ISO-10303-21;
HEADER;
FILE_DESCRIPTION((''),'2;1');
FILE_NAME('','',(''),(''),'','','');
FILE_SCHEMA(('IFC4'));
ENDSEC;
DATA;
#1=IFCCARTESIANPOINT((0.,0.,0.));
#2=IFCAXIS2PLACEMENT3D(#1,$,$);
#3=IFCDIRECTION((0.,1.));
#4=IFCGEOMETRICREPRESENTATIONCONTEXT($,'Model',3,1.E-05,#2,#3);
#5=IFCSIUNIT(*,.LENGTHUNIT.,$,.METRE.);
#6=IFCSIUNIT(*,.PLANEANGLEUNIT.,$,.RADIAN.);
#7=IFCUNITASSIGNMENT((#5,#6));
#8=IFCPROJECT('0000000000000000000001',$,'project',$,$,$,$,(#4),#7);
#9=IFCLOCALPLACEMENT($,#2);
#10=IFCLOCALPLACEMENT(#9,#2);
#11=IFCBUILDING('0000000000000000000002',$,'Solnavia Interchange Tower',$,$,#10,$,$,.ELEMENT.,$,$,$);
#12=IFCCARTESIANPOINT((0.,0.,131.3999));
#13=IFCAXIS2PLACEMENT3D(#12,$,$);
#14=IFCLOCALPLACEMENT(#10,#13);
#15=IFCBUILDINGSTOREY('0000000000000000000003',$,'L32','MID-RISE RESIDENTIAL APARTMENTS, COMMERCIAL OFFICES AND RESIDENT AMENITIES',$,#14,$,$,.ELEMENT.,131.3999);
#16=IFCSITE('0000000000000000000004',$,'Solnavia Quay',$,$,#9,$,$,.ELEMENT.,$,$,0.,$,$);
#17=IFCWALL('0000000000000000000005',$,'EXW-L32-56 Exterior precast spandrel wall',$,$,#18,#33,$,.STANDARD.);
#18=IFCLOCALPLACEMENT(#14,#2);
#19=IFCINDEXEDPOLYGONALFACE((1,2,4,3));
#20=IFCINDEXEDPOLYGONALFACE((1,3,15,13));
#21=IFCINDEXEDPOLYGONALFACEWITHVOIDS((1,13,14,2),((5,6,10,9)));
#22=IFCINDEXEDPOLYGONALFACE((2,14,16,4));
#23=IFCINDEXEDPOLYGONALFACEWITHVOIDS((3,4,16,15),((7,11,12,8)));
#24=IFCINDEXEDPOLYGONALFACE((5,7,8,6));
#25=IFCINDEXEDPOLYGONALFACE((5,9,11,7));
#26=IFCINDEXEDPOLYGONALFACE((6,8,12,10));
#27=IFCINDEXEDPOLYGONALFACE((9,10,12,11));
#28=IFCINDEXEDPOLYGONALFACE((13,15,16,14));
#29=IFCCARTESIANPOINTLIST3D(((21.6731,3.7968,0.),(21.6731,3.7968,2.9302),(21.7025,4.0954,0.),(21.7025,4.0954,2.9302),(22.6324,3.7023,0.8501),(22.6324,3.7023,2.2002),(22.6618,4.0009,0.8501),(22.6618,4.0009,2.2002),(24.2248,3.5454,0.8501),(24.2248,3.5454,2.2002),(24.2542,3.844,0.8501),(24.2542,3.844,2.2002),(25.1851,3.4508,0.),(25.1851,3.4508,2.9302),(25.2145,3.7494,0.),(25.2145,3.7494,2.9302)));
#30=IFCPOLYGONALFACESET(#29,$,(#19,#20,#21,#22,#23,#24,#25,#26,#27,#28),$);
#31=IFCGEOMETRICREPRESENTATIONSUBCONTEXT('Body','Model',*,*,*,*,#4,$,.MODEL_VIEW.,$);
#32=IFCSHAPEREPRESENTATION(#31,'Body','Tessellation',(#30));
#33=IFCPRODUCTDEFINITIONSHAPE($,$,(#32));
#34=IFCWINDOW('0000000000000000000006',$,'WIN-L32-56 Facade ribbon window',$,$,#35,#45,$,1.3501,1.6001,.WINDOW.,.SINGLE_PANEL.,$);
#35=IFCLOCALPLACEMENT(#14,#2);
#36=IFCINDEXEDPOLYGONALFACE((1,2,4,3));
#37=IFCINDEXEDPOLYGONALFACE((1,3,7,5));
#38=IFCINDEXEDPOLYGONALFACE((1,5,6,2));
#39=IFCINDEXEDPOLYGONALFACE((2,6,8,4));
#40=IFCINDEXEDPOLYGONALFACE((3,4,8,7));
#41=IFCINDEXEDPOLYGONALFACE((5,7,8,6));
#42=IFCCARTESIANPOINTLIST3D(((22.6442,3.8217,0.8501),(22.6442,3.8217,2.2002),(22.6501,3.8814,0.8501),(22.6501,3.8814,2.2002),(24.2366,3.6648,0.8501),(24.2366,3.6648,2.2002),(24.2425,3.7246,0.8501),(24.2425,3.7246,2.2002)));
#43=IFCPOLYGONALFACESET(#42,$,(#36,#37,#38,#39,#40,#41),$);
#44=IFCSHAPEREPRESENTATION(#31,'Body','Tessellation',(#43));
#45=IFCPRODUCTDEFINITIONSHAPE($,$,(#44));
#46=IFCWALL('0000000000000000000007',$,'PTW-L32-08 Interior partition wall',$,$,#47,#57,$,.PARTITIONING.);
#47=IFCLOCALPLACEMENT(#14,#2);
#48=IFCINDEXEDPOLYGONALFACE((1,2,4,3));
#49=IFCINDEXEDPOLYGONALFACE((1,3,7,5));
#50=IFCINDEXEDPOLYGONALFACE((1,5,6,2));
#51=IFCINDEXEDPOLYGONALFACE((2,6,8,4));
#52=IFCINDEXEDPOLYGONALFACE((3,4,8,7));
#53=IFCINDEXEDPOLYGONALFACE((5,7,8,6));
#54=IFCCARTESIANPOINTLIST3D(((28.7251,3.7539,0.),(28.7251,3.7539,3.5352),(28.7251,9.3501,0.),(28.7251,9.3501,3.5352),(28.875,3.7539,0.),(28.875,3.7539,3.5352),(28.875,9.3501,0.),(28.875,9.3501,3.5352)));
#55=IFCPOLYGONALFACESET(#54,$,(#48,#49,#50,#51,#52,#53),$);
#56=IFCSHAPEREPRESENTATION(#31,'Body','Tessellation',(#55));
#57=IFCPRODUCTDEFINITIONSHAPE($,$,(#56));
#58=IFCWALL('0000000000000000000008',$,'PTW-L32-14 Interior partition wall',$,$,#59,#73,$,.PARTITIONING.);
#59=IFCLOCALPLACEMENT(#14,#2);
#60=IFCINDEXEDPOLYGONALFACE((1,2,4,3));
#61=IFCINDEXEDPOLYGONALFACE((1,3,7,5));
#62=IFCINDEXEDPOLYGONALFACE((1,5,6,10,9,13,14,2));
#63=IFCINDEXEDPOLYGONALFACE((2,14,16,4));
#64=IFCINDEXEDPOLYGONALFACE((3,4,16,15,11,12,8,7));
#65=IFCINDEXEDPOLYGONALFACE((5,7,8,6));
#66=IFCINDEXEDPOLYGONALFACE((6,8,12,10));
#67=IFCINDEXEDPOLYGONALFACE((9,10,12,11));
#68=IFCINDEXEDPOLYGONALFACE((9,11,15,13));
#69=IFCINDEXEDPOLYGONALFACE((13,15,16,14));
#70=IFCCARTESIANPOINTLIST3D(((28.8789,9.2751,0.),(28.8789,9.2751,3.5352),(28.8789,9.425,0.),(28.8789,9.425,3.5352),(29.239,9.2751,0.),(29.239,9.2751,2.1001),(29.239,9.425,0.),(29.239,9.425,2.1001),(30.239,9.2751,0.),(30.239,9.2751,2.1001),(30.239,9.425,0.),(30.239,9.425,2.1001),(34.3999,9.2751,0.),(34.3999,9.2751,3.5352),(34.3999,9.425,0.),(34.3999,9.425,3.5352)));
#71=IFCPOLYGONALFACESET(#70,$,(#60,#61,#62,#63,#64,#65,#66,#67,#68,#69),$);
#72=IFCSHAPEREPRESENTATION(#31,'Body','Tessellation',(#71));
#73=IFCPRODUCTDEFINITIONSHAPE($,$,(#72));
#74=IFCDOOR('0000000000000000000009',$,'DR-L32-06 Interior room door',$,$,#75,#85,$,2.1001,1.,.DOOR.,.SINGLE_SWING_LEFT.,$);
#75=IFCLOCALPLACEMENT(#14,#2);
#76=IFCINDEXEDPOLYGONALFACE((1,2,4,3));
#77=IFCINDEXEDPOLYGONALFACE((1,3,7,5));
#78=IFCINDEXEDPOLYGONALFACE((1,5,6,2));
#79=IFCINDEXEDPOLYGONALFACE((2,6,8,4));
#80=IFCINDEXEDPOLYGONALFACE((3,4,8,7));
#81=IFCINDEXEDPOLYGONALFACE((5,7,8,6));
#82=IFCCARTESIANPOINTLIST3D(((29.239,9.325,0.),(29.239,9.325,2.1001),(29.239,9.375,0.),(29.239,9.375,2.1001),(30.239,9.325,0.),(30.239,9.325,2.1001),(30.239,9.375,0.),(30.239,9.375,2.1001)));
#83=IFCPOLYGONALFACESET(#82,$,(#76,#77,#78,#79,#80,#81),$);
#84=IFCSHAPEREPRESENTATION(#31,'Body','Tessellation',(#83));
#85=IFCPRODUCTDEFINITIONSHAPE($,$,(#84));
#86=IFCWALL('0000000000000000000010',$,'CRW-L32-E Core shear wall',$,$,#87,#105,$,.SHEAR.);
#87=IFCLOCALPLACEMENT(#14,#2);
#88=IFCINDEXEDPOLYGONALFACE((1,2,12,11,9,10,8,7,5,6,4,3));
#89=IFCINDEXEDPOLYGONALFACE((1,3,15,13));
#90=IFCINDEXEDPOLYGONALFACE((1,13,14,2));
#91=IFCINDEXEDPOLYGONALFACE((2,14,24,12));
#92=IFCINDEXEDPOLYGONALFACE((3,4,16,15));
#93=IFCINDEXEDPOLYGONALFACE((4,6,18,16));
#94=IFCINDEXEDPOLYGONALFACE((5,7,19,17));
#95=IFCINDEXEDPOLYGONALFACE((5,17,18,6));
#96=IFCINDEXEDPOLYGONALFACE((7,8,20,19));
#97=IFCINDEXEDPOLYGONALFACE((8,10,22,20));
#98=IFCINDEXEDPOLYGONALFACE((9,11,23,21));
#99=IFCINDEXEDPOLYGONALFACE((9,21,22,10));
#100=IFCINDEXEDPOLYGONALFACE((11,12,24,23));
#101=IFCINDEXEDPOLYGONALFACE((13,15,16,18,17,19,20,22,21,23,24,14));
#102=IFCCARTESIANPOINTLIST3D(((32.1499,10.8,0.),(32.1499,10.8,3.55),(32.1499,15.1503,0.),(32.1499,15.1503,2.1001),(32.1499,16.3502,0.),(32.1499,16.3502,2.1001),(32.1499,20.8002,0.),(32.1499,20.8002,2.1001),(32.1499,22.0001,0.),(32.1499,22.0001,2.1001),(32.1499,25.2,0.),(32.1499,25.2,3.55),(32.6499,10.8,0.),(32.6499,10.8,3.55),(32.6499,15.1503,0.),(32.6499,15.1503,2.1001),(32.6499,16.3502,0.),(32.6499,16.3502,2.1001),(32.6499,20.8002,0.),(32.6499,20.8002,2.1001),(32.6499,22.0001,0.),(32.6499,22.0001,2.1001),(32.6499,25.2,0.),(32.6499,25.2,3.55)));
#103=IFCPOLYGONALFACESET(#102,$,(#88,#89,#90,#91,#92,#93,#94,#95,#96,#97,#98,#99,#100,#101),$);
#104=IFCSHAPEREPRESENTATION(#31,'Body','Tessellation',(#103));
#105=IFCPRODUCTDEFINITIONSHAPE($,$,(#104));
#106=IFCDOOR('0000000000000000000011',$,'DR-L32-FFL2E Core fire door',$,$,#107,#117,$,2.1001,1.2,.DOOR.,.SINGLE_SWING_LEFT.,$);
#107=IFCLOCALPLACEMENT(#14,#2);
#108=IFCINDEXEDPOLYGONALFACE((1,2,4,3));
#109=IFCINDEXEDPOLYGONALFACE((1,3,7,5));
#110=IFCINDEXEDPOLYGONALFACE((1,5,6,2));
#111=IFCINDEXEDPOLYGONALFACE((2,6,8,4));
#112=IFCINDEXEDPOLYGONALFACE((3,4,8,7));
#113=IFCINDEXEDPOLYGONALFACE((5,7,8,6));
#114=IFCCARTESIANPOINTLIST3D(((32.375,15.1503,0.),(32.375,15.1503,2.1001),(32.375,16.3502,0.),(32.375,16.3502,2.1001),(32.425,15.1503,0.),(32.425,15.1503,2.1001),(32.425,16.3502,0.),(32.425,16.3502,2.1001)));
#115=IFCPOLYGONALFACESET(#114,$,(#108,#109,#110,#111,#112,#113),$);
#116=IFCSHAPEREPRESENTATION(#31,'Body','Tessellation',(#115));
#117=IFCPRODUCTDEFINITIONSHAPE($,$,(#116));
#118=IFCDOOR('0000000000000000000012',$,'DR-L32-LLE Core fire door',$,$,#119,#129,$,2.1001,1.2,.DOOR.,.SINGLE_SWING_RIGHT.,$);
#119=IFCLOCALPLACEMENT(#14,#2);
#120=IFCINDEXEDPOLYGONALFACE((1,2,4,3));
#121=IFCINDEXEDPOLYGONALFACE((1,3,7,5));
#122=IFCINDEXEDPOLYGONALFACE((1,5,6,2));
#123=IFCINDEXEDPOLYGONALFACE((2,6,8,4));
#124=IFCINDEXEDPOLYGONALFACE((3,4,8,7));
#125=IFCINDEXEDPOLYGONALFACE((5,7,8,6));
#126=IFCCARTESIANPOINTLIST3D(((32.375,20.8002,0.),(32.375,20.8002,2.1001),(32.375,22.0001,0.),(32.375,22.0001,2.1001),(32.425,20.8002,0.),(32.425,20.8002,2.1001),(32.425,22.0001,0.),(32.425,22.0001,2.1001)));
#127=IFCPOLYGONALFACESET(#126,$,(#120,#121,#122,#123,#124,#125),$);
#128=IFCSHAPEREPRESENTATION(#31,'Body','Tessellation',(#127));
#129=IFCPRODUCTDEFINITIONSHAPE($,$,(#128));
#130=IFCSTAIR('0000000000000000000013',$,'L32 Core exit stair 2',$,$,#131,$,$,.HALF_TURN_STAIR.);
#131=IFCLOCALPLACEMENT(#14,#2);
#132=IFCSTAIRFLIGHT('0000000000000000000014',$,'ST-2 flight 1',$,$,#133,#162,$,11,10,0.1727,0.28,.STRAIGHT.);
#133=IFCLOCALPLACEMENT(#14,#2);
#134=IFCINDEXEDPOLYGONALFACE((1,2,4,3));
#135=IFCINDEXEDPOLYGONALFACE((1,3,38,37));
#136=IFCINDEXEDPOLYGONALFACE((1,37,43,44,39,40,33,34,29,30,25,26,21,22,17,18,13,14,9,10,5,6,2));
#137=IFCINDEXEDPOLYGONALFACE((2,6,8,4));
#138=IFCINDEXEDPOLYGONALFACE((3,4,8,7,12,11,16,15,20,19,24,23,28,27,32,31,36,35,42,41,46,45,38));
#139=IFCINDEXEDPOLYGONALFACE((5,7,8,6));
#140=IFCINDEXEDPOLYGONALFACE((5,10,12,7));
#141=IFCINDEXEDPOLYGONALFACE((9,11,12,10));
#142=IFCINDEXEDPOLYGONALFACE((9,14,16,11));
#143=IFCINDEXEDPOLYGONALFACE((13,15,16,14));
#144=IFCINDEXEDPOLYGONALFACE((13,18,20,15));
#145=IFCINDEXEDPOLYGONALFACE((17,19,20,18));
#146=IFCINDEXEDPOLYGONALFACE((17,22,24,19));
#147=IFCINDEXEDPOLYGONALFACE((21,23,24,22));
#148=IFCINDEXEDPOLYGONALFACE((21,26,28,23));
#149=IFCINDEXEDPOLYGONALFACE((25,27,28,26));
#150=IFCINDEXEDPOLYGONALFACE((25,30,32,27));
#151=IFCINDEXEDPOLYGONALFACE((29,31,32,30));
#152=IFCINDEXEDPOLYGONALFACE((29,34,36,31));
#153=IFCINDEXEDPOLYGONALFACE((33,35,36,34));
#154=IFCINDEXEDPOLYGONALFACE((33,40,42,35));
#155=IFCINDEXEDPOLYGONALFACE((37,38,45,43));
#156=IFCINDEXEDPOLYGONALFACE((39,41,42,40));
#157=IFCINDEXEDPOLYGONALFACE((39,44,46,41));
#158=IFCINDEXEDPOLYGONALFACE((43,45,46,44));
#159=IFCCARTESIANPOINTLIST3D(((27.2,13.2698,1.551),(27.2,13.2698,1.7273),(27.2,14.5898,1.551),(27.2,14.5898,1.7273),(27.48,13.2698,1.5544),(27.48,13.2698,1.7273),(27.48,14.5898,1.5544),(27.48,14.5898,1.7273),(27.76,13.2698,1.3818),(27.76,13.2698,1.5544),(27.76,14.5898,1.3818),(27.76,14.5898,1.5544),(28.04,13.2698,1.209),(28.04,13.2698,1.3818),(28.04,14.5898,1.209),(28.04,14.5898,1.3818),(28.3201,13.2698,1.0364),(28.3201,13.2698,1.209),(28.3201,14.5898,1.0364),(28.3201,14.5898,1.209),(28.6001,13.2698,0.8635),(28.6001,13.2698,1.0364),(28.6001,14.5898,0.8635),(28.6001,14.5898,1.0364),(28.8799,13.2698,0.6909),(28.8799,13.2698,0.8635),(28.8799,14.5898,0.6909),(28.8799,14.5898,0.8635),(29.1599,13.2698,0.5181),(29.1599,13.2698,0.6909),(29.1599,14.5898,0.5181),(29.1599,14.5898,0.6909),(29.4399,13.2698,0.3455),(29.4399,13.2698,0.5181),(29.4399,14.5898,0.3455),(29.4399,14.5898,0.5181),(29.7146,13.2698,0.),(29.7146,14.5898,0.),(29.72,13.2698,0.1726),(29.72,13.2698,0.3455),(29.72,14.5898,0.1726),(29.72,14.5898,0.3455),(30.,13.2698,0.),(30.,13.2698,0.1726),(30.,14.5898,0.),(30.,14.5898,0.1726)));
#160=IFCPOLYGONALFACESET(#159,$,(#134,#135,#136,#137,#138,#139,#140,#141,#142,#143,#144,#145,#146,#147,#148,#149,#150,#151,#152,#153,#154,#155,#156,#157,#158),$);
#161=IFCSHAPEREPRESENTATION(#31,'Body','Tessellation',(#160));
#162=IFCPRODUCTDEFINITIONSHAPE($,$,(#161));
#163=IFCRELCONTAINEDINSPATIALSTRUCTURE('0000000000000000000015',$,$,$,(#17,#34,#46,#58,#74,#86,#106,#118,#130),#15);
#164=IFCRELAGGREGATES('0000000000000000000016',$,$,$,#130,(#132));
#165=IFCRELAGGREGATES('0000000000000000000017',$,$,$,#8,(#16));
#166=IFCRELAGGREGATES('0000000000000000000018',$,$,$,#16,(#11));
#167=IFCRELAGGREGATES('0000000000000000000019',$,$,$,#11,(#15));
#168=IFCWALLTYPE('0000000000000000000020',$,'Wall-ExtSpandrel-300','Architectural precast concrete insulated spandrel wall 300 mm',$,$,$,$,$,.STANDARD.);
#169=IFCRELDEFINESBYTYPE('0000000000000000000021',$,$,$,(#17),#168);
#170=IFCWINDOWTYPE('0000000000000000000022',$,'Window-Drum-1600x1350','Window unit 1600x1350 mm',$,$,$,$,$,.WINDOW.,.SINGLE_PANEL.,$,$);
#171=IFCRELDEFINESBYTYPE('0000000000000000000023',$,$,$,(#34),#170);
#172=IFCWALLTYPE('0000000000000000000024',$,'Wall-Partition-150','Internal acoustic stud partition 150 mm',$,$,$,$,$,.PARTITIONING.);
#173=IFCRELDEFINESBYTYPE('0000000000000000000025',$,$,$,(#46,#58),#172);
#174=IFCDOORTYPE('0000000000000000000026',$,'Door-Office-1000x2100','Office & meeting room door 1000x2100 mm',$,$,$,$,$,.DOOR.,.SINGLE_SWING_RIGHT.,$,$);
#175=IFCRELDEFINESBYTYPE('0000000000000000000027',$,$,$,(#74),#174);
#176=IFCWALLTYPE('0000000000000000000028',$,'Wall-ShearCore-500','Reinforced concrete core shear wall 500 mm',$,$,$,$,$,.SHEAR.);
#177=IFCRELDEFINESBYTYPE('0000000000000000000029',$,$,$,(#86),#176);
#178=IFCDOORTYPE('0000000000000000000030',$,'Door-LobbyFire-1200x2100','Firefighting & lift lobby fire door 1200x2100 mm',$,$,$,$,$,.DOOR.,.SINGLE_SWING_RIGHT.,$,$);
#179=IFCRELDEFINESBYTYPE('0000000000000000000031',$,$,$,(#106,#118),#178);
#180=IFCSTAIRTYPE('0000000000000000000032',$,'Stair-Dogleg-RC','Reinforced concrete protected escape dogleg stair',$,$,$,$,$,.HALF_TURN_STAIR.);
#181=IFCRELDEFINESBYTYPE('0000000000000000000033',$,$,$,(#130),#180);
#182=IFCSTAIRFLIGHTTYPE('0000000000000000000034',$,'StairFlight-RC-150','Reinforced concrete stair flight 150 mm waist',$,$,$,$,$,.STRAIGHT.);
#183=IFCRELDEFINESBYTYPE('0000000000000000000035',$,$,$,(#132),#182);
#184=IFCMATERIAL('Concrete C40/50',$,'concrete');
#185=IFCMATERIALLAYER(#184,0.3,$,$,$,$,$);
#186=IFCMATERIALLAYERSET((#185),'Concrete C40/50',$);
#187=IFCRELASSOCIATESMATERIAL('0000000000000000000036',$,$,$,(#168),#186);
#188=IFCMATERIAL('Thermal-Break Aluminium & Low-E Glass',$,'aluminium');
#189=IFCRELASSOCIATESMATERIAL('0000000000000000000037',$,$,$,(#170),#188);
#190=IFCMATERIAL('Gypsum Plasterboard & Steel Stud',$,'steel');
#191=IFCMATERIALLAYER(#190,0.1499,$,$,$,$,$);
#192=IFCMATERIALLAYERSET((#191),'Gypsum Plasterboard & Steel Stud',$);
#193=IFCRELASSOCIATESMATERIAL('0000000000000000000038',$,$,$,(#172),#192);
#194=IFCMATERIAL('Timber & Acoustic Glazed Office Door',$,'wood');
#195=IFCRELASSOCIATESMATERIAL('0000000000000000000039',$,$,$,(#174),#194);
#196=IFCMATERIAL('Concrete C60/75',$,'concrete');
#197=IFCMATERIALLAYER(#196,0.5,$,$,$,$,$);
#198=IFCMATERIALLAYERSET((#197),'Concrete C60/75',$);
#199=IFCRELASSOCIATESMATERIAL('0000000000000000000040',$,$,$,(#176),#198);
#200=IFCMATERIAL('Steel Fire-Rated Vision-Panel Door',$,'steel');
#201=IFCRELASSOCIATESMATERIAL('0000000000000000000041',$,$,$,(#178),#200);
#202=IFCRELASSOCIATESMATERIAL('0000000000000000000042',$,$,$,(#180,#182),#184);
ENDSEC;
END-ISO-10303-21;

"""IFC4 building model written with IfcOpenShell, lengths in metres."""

from ifc_helpers import new_model, si_unit, direction, frame, frame_2d, origin, place, context, subcontext, project, spatial, polyline, rectangle, outline, extrude, material, layer, layer_set, type_object, element, fill, aggregate, save


model = new_model("IFC4")

# Units and contexts
model_context = context("Model", 3, precision=1e-05, world=origin(), true_north=direction((0.0, 1.0)))
body_context = subcontext(model_context, "Body", "Model", "MODEL_VIEW")
ifc_project = project(units=[si_unit("LENGTHUNIT", "METRE"), si_unit("PLANEANGLEUNIT", "RADIAN")], contexts=[model_context])

# Site, building, storey
site_placement = place(None, origin())
site = spatial("IfcSite", under=ifc_project, at=site_placement, Name="Solnavia Quay", CompositionType="ELEMENT", RefElevation=0.0)
building_placement = place(site_placement, origin())
building = spatial("IfcBuilding", under=site, at=building_placement, Name="Solnavia Interchange Tower", CompositionType="ELEMENT")
storey_placement = place(building_placement, frame((0.0, 0.0, 131.3999)))
storey = spatial("IfcBuildingStorey", under=building, at=storey_placement, Name="L32", Description="MID-RISE RESIDENTIAL APARTMENTS, COMMERCIAL OFFICES AND RESIDENT AMENITIES", CompositionType="ELEMENT", Elevation=131.3999)

# Shared definitions
ifc_material_1 = material(Name="Concrete C40/50", Category="concrete")
ifc_layer_1 = layer(ifc_material_1, 0.3)
ifc_layer_set_1 = layer_set([ifc_layer_1], Name="Concrete C40/50")
wall_type_1 = type_object("IfcWallType", Name="Wall-ExtSpandrel-300", Description="Architectural precast concrete insulated spandrel wall 300 mm", PredefinedType="STANDARD", material=ifc_layer_set_1)
ifc_material_2 = material(Name="Thermal-Break Aluminium & Low-E Glass", Category="aluminium")

# Wall, opening, window
wall_1_placement = place(storey_placement, frame((25.2, 3.6001, 0.0), z_axis=(0.0, 0.0, 1.0), x_axis=(-0.995183, 0.098031, 0.0)))
wall_1 = element("IfcWall", 1, at=wall_1_placement, inside=storey, type_object=wall_type_1, Name="EXW-L32-56 Exterior precast spandrel wall", PredefinedType="STANDARD", context=body_context, shape_type="SweptSolid", body=[
    extrude(rectangle(XDim=3.5291, YDim=0.3, at=frame_2d((1.7646, 0.0))), origin(), (0.0, 0.0, 1.0), 2.9302),
])
opening_1_placement = place(wall_1_placement, frame((0.9651, 0.0, 0.8501)))
opening_1 = element("IfcOpeningElement", 2, at=opening_1_placement, cuts=wall_1, PredefinedType="OPENING", context=body_context, shape_type="SweptSolid", body=[
    extrude(rectangle(XDim=1.6001, YDim=1.3501, at=frame_2d((0.8, 0.675))), frame((0.0, 0.1602, 0.0), z_axis=(0.0, -1.0, 0.0), x_axis=(1.0, 0.0, 0.0)), (0.0, 0.0, 1.0), 0.3201),
])
window_type_1 = type_object("IfcWindowType", Name="Window-Drum-1600x1350", Description="Window unit 1600x1350 mm", PartitioningType="SINGLE_PANEL", PredefinedType="WINDOW", material=ifc_material_2)
window_1_placement = place(opening_1_placement, origin())
window_1 = element("IfcWindow", 3, at=window_1_placement, inside=storey, type_object=window_type_1, Name="WIN-L32-56 Facade ribbon window", OverallHeight=1.3501, OverallWidth=1.6001, PartitioningType="SINGLE_PANEL", PredefinedType="WINDOW", context=body_context, shape_type="SweptSolid", body=[
    extrude(rectangle(XDim=1.6001, YDim=1.3501, at=frame_2d((0.8, 0.675))), frame((0.0, 0.03, 0.0), z_axis=(0.0, -1.0, 0.0), x_axis=(1.0, 0.0, 0.0)), (0.0, 0.0, 1.0), 0.0601),
])
fill(opening_1, window_1)

# Wall
ifc_material_3 = material(Name="Gypsum Plasterboard & Steel Stud", Category="steel")
ifc_layer_2 = layer(ifc_material_3, 0.1499)
ifc_layer_set_2 = layer_set([ifc_layer_2], Name="Gypsum Plasterboard & Steel Stud")
wall_type_2 = type_object("IfcWallType", Name="Wall-Partition-150", Description="Internal acoustic stud partition 150 mm", PredefinedType="PARTITIONING", material=ifc_layer_set_2)
wall_2_placement = place(storey_placement, frame((28.8, 9.3501, 0.0), z_axis=(0.0, 0.0, 1.0), x_axis=(0.0, -1.0, 0.0)))
element("IfcWall", 4, at=wall_2_placement, inside=storey, type_object=wall_type_2, Name="PTW-L32-08 Interior partition wall", PredefinedType="PARTITIONING", context=body_context, shape_type="SweptSolid", body=[
    extrude(rectangle(XDim=5.5962, YDim=0.1499, at=frame_2d((2.7981, 0.0))), origin(), (0.0, 0.0, 1.0), 3.5352),
])

# Wall, opening, door
wall_3_placement = place(storey_placement, frame((28.8789, 9.3501, 0.0), z_axis=(0.0, 0.0, 1.0), x_axis=(1.0, 0.0, 0.0)))
wall_3 = element("IfcWall", 5, at=wall_3_placement, inside=storey, type_object=wall_type_2, Name="PTW-L32-14 Interior partition wall", PredefinedType="PARTITIONING", context=body_context, shape_type="SweptSolid", body=[
    extrude(rectangle(XDim=5.521, YDim=0.1499, at=frame_2d((2.7605, 0.0))), origin(), (0.0, 0.0, 1.0), 3.5352),
])
opening_2_placement = place(wall_3_placement, frame((0.3601, 0.0, 0.0)))
opening_2 = element("IfcOpeningElement", 6, at=opening_2_placement, cuts=wall_3, PredefinedType="OPENING", context=body_context, shape_type="SweptSolid", body=[
    extrude(rectangle(XDim=1.0, YDim=2.1001, at=frame_2d((0.5, 1.05))), frame((0.0, 0.085, 0.0), z_axis=(0.0, -1.0, 0.0), x_axis=(1.0, 0.0, 0.0)), (0.0, 0.0, 1.0), 0.1699),
])
ifc_material_4 = material(Name="Timber & Acoustic Glazed Office Door", Category="wood")
door_type_1 = type_object("IfcDoorType", Name="Door-Office-1000x2100", Description="Office & meeting room door 1000x2100 mm", OperationType="SINGLE_SWING_RIGHT", PredefinedType="DOOR", material=ifc_material_4)
door_1_placement = place(opening_2_placement, origin())
door_1 = element("IfcDoor", 7, at=door_1_placement, inside=storey, type_object=door_type_1, Name="DR-L32-06 Interior room door", OperationType="SINGLE_SWING_LEFT", OverallHeight=2.1001, OverallWidth=1.0, PredefinedType="DOOR", context=body_context, shape_type="SweptSolid", body=[
    extrude(rectangle(XDim=1.0, YDim=2.1001, at=frame_2d((0.5, 1.05))), frame((0.0, 0.0249, 0.0), z_axis=(0.0, -1.0, 0.0), x_axis=(1.0, 0.0, 0.0)), (0.0, 0.0, 1.0), 0.05),
])
fill(opening_2, door_1)

# Wall, openings, doors
ifc_material_5 = material(Name="Concrete C60/75", Category="concrete")
ifc_layer_3 = layer(ifc_material_5, 0.5)
ifc_layer_set_3 = layer_set([ifc_layer_3], Name="Concrete C60/75")
wall_type_3 = type_object("IfcWallType", Name="Wall-ShearCore-500", Description="Reinforced concrete core shear wall 500 mm", PredefinedType="SHEAR", material=ifc_layer_set_3)
wall_4_placement = place(storey_placement, frame((32.3999, 10.8, 0.0), z_axis=(0.0, 0.0, 1.0), x_axis=(0.0, 1.0, 0.0)))
wall_4 = element("IfcWall", 8, at=wall_4_placement, inside=storey, type_object=wall_type_3, Name="CRW-L32-E Core shear wall", PredefinedType="SHEAR", context=body_context, shape_type="SweptSolid", body=[
    extrude(rectangle(XDim=14.3999, YDim=0.5, at=frame_2d((7.2, 0.0))), origin(), (0.0, 0.0, 1.0), 3.55),
])
opening_3_placement = place(wall_4_placement, frame((4.3501, 0.0, 0.0)))
opening_3 = element("IfcOpeningElement", 9, at=opening_3_placement, cuts=wall_4, PredefinedType="OPENING", context=body_context, shape_type="SweptSolid", body=[
    extrude(rectangle(XDim=1.2, YDim=2.1001, at=frame_2d((0.6001, 1.05))), frame((0.0, 0.26, 0.0), z_axis=(0.0, -1.0, 0.0), x_axis=(1.0, 0.0, 0.0)), (0.0, 0.0, 1.0), 0.52),
])
opening_4_placement = place(wall_4_placement, frame((10.0, 0.0, 0.0)))
opening_4 = element("IfcOpeningElement", 10, at=opening_4_placement, cuts=wall_4, PredefinedType="OPENING", context=body_context, shape_type="SweptSolid", body=[
    extrude(rectangle(XDim=1.2, YDim=2.1001, at=frame_2d((0.6001, 1.05))), frame((0.0, 0.26, 0.0), z_axis=(0.0, -1.0, 0.0), x_axis=(1.0, 0.0, 0.0)), (0.0, 0.0, 1.0), 0.52),
])
ifc_material_6 = material(Name="Steel Fire-Rated Vision-Panel Door", Category="steel")
door_type_2 = type_object("IfcDoorType", Name="Door-LobbyFire-1200x2100", Description="Firefighting & lift lobby fire door 1200x2100 mm", OperationType="SINGLE_SWING_RIGHT", PredefinedType="DOOR", material=ifc_material_6)
door_2_placement = place(opening_3_placement, origin())
door_2 = element("IfcDoor", 11, at=door_2_placement, inside=storey, type_object=door_type_2, Name="DR-L32-FFL2E Core fire door", OperationType="SINGLE_SWING_LEFT", OverallHeight=2.1001, OverallWidth=1.2, PredefinedType="DOOR", context=body_context, shape_type="SweptSolid", body=[
    extrude(rectangle(XDim=1.2, YDim=2.1001, at=frame_2d((0.6001, 1.05))), frame((0.0, 0.0249, 0.0), z_axis=(0.0, -1.0, 0.0), x_axis=(1.0, 0.0, 0.0)), (0.0, 0.0, 1.0), 0.05),
])
fill(opening_3, door_2)
door_3_placement = place(opening_4_placement, origin())
door_3 = element("IfcDoor", 12, at=door_3_placement, inside=storey, type_object=door_type_2, Name="DR-L32-LLE Core fire door", OperationType="SINGLE_SWING_RIGHT", OverallHeight=2.1001, OverallWidth=1.2, PredefinedType="DOOR", context=body_context, shape_type="SweptSolid", body=[
    extrude(rectangle(XDim=1.2, YDim=2.1001, at=frame_2d((0.6001, 1.05))), frame((0.0, 0.0249, 0.0), z_axis=(0.0, -1.0, 0.0), x_axis=(1.0, 0.0, 0.0)), (0.0, 0.0, 1.0), 0.05),
])
fill(opening_4, door_3)

# Stair, stair flight
stair_type = type_object("IfcStairType", Name="Stair-Dogleg-RC", Description="Reinforced concrete protected escape dogleg stair", PredefinedType="HALF_TURN_STAIR", material=ifc_material_1)
stair_placement = place(storey_placement, origin())
stair = element("IfcStair", 13, at=stair_placement, inside=storey, type_object=stair_type, Name="L32 Core exit stair 2", PredefinedType="HALF_TURN_STAIR")
stair_flight_type = type_object("IfcStairFlightType", Name="StairFlight-RC-150", Description="Reinforced concrete stair flight 150 mm waist", PredefinedType="STRAIGHT", material=ifc_material_1)
stair_flight_1_placement = place(storey_placement, frame((30.0, 13.9299, 0.0), z_axis=(0.0, 0.0, 1.0), x_axis=(-1.0, 0.0, 0.0)))
stair_flight_1 = element("IfcStairFlight", 14, at=stair_flight_1_placement, type_object=stair_flight_type, Name="ST-2 flight 1", NumberOfRisers=11, NumberOfTreads=10, PredefinedType="STRAIGHT", RiserHeight=0.1727, TreadLength=0.28, context=body_context, shape_type="SweptSolid", body=[
    extrude(outline(polyline([(0.0, 0.0), (0.0, 0.1726), (0.28, 0.1726), (0.28, 0.3455), (0.5601, 0.3455), (0.5601, 0.5181), (0.8401, 0.5181), (0.8401, 0.6909), (1.1201, 0.6909), (1.1201, 0.8635), (1.3999, 0.8635), (1.3999, 1.0364), (1.6799, 1.0364), (1.6799, 1.209), (1.96, 1.209), (1.96, 1.3818), (2.24, 1.3818), (2.24, 1.5544), (2.52, 1.5544), (2.52, 1.7273), (2.8, 1.7273), (2.8, 1.8999), (2.8, 1.551), (0.2854, 0.0), (0.0, 0.0)])), frame((0.0, 0.6602, 0.0), z_axis=(0.0, -1.0, 0.0), x_axis=(1.0, 0.0, 0.0)), (0.0, 0.0, 1.0), 1.3201),
])
aggregate(stair, [stair_flight_1])

save(model, "model.ifc")
